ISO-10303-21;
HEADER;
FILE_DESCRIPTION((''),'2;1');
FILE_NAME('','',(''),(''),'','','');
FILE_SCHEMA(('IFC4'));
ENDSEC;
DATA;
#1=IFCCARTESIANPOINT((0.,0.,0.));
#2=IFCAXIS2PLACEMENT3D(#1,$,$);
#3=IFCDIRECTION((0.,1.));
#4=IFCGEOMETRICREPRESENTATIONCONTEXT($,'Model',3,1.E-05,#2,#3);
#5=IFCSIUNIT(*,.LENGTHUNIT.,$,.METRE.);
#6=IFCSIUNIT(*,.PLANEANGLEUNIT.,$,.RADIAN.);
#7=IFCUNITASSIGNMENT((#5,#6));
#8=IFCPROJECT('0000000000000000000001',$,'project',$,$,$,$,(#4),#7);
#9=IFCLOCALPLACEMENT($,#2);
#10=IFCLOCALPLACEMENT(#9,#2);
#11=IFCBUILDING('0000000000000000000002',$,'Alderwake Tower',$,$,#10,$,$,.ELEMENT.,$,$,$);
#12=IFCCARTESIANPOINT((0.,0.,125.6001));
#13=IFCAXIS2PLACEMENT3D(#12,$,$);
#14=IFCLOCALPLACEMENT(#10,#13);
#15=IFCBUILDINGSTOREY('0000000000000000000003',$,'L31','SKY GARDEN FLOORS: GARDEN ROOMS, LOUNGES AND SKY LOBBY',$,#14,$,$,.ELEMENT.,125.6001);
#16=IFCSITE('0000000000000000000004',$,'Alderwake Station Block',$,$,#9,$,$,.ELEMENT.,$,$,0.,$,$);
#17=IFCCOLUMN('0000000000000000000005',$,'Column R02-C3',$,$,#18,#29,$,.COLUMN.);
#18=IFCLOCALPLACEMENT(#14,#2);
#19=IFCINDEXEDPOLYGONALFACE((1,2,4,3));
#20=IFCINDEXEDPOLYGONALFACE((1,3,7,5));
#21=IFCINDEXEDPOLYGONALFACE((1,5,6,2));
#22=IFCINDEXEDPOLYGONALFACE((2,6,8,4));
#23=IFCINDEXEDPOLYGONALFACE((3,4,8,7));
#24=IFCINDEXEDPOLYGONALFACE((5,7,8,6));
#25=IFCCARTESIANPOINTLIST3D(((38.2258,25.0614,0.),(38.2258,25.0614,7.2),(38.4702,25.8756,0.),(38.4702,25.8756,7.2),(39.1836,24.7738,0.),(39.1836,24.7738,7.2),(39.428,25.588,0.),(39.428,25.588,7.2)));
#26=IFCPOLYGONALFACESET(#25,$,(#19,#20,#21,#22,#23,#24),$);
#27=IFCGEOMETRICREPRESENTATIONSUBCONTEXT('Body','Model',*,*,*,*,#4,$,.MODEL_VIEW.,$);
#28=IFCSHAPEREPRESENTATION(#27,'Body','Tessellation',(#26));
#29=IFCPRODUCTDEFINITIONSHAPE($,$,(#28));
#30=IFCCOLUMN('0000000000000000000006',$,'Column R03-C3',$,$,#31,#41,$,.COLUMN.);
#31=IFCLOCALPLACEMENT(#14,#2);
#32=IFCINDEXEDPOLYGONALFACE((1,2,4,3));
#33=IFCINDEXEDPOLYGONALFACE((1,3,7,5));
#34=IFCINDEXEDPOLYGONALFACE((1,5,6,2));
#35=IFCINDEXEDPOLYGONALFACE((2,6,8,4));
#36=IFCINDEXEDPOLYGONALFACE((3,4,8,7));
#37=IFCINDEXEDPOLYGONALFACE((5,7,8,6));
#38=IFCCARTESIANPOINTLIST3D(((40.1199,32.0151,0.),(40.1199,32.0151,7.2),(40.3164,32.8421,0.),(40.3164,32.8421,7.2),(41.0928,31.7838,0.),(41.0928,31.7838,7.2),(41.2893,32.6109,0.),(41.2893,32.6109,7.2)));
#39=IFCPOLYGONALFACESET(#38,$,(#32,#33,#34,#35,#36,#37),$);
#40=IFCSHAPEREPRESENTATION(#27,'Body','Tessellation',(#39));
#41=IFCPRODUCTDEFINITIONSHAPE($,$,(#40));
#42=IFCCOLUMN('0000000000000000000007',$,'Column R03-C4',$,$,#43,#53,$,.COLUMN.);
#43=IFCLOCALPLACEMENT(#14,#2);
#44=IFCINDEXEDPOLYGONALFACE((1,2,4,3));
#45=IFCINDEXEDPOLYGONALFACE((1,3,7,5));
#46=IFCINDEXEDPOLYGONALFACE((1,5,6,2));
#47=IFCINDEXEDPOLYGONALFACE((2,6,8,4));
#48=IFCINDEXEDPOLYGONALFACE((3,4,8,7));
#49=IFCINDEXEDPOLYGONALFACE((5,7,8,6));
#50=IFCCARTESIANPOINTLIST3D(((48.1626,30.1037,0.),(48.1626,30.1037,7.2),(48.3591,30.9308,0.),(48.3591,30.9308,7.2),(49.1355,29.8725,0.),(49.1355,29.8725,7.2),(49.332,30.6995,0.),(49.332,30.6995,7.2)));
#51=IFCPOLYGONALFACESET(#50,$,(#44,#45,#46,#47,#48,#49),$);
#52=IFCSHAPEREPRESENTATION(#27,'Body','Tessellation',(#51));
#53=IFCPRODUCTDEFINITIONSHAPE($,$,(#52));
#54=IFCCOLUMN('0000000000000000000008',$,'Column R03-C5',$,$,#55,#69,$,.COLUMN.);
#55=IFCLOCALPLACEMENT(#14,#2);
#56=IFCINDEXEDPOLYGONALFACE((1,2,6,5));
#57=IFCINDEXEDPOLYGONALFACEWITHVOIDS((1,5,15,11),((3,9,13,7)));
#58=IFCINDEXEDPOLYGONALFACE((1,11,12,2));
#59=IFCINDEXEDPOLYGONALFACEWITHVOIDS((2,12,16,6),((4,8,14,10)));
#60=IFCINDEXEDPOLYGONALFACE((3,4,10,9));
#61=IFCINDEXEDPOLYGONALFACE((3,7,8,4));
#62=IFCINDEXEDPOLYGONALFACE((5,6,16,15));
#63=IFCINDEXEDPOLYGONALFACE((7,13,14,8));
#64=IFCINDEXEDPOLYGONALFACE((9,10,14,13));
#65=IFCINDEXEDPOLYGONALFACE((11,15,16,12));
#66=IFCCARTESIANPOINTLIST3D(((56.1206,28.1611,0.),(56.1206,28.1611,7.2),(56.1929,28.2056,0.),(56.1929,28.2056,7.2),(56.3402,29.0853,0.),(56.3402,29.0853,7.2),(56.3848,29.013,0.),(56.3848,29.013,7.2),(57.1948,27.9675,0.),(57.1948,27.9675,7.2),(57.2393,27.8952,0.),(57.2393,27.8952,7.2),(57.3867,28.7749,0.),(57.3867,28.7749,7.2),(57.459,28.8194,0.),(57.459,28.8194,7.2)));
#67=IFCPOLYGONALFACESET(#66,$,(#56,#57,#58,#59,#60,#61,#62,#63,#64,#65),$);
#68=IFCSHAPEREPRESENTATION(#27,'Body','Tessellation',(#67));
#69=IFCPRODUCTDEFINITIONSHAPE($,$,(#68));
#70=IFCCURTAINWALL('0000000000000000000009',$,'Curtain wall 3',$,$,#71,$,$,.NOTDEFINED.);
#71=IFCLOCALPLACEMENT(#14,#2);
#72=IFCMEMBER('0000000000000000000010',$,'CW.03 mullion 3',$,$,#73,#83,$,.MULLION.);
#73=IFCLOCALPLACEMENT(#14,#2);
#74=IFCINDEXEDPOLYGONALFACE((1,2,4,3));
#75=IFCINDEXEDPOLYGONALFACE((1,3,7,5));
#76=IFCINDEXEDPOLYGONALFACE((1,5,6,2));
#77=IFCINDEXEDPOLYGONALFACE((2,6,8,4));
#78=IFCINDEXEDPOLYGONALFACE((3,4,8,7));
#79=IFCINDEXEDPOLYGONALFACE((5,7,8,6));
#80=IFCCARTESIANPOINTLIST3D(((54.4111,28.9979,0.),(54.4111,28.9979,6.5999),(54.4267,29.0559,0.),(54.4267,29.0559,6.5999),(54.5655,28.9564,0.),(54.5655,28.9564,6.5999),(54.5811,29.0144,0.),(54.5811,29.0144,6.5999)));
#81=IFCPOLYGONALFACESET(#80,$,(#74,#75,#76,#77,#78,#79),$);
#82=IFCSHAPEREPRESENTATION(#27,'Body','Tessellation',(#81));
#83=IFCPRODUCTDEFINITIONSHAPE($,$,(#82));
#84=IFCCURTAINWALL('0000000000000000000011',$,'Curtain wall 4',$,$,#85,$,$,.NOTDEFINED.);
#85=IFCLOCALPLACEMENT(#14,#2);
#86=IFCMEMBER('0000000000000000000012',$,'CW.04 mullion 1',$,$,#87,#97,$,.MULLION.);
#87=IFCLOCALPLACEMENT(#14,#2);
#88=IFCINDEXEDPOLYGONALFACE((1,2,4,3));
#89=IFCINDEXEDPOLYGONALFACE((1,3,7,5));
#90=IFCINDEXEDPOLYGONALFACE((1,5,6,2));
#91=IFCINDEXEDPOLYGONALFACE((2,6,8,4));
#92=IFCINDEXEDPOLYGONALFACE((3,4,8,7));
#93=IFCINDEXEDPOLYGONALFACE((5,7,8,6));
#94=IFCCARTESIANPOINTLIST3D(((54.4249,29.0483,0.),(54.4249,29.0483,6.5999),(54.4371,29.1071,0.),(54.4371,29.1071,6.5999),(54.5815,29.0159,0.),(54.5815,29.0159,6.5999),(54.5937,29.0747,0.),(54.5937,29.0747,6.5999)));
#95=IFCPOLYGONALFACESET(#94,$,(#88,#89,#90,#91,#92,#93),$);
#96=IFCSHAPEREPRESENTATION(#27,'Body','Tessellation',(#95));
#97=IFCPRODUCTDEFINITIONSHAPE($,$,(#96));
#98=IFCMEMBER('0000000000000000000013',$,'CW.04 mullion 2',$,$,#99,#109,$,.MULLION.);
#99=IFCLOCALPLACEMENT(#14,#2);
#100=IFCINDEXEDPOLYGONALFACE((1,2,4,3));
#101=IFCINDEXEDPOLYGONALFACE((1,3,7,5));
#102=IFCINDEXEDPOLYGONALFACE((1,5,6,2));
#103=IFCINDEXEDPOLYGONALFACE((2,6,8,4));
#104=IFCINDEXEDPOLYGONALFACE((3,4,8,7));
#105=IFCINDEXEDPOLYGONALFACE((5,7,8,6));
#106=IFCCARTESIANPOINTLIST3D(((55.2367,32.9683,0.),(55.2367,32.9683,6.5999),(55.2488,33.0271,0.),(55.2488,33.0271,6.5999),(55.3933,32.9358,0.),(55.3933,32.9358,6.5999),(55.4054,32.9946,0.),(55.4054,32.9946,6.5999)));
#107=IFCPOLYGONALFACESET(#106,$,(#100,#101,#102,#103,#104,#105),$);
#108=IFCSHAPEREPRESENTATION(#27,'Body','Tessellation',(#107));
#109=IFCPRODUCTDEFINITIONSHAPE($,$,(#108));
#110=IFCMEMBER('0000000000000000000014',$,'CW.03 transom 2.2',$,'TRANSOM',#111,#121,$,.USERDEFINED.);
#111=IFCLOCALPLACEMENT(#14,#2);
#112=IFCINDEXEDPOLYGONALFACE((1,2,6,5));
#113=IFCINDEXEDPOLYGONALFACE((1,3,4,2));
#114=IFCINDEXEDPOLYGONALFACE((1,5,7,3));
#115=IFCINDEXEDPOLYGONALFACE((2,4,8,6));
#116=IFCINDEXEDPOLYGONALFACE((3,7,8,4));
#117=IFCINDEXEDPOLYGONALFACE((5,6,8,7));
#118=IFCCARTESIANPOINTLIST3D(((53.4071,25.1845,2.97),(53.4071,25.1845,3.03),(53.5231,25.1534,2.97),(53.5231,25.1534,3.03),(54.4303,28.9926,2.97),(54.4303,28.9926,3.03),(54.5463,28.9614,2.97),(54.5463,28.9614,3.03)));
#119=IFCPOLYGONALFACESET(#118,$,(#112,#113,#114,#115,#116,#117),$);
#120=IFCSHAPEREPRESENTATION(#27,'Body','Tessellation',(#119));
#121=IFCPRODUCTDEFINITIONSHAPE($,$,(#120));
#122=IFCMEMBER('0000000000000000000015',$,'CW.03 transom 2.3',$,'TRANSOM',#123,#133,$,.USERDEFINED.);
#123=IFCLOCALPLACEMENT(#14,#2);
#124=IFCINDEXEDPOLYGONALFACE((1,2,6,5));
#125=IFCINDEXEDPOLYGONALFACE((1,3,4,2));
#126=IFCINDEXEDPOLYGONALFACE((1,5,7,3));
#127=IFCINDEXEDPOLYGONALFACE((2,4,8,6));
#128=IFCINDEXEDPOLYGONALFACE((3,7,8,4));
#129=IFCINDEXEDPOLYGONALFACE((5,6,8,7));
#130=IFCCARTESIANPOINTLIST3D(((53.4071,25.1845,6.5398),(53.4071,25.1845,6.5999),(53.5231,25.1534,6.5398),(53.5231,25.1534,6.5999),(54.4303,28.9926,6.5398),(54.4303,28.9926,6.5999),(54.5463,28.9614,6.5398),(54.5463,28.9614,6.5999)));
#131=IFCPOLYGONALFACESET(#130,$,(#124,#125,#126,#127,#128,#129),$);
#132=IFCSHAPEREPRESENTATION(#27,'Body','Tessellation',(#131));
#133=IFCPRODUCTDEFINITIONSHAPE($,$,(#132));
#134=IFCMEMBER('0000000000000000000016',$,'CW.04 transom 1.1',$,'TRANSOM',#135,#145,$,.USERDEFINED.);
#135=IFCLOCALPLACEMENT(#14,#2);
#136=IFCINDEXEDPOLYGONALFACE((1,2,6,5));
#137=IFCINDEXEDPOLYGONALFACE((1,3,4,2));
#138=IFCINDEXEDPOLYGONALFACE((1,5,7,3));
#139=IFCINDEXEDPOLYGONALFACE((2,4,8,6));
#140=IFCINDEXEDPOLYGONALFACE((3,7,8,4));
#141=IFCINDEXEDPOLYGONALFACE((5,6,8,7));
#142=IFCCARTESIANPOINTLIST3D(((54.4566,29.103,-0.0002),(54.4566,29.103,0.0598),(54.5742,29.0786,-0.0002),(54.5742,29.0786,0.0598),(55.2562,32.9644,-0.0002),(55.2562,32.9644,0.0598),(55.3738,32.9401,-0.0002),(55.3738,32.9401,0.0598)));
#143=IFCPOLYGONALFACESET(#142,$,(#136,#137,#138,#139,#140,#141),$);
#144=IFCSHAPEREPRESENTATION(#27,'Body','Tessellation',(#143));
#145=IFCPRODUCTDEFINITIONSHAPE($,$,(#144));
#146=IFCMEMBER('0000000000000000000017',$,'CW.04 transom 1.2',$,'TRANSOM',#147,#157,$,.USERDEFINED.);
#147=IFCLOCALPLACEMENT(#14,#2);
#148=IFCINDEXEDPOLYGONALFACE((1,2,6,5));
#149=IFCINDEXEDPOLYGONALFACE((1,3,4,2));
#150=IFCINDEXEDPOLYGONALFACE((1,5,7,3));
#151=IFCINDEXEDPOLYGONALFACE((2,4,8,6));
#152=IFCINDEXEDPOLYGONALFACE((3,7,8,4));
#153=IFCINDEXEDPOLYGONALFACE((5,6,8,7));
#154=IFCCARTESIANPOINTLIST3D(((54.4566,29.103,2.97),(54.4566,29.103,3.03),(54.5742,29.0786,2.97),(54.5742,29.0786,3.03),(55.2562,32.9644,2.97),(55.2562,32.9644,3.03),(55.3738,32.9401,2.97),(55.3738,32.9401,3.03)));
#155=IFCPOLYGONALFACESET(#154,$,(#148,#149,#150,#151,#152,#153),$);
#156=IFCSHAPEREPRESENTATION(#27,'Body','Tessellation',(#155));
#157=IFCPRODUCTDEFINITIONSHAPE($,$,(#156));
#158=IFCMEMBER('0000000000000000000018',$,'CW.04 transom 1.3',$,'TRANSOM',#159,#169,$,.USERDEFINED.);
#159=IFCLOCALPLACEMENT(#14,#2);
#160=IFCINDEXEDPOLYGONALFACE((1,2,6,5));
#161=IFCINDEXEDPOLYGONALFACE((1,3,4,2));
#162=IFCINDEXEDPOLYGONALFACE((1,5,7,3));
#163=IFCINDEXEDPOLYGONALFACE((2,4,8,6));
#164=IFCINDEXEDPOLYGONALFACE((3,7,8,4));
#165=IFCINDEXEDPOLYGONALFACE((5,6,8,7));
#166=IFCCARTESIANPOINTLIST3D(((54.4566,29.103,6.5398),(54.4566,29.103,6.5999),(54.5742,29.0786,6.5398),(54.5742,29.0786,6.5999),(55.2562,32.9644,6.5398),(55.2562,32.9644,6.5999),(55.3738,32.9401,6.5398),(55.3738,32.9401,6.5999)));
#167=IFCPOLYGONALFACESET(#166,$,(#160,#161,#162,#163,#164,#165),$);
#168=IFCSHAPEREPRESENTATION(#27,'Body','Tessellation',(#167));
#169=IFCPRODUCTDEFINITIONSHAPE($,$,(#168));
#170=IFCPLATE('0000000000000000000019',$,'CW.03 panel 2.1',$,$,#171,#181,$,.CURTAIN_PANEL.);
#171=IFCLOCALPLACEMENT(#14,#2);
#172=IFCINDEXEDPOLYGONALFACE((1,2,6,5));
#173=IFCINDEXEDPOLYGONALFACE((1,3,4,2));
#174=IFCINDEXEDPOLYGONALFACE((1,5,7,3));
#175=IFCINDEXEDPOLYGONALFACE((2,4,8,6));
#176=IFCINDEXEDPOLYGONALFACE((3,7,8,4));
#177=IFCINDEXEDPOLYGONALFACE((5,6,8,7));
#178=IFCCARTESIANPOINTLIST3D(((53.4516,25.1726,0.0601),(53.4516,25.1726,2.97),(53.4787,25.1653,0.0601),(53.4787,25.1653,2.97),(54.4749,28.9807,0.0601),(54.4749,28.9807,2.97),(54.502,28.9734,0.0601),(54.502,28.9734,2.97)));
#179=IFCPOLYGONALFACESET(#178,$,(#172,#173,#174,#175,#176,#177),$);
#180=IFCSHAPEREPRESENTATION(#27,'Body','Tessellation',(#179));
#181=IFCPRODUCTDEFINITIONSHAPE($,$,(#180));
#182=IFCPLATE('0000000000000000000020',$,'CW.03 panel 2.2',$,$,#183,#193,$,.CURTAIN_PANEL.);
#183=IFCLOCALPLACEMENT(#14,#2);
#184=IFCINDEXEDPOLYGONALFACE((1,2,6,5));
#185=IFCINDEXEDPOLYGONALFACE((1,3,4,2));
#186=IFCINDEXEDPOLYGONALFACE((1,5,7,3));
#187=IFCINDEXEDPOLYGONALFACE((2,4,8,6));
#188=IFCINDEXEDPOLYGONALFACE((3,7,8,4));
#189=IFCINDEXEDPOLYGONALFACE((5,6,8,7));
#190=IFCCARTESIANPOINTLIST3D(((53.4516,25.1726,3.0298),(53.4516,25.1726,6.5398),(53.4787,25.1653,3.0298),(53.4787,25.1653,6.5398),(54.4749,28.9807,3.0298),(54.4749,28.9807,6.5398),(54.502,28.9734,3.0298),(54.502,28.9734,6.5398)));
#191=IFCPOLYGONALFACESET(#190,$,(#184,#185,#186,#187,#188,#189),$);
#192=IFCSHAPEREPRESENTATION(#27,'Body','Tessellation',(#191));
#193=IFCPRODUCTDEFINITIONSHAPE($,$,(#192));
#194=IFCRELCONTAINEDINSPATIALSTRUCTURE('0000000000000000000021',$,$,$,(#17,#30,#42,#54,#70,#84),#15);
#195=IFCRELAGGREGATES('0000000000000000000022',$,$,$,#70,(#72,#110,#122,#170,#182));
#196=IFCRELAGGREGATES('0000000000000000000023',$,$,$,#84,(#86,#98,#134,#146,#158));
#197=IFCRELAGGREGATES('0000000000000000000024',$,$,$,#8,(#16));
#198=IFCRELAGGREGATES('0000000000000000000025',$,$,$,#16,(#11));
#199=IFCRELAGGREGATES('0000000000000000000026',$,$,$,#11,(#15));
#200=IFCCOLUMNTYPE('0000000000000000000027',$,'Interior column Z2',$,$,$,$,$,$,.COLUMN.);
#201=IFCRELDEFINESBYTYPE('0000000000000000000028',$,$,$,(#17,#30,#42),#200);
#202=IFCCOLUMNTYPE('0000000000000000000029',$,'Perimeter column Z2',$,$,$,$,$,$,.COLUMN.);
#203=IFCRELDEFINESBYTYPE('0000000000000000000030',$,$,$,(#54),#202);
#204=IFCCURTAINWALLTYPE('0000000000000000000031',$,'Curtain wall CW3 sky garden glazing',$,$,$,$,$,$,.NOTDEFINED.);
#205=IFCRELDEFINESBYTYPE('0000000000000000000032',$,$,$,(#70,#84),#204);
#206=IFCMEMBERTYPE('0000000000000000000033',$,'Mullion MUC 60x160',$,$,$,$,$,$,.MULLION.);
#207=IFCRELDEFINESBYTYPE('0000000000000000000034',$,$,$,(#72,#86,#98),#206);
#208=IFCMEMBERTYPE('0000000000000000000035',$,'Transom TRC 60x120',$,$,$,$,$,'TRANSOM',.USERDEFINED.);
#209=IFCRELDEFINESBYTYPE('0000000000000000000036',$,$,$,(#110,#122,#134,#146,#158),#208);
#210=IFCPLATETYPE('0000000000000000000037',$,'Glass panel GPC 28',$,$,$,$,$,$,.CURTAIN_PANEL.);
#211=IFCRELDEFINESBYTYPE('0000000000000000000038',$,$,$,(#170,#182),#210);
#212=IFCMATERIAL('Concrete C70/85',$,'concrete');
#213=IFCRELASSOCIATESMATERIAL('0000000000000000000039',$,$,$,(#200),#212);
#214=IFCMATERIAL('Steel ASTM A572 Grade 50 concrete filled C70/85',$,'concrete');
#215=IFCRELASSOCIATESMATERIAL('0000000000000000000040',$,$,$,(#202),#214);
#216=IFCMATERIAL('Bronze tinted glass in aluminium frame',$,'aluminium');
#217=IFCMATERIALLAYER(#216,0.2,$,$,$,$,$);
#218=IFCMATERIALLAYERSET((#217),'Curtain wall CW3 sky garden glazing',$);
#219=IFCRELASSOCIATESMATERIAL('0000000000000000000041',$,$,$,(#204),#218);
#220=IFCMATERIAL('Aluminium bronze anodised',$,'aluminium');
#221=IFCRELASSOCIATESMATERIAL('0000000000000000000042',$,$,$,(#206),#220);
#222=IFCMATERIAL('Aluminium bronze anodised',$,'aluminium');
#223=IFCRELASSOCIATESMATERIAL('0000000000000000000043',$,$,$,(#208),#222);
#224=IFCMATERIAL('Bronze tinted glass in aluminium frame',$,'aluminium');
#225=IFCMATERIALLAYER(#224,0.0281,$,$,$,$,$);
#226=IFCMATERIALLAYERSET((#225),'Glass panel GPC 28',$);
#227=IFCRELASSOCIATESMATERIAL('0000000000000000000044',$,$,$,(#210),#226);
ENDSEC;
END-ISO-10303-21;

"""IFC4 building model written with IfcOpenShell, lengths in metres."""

from ifc_helpers import new_model, si_unit, direction, frame, origin, origin_2d, place, context, subcontext, project, spatial, rectangle, hollow_rectangle, extrude, material, layer, layer_set, material_profile, profile_set, type_object, element, aggregate, save


model = new_model("IFC4")

# Units and contexts
model_context = context("Model", 3, precision=1e-05, world=origin(), true_north=direction((0.0, 1.0)))
body_context = subcontext(model_context, "Body", "Model", "MODEL_VIEW")
ifc_project = project(units=[si_unit("LENGTHUNIT", "METRE"), si_unit("PLANEANGLEUNIT", "RADIAN")], contexts=[model_context])

# Site, building, storey
site_placement = place(None, origin())
site = spatial("IfcSite", under=ifc_project, at=site_placement, Name="Alderwake Station Block", CompositionType="ELEMENT", RefElevation=0.0)
building_placement = place(site_placement, origin())
building = spatial("IfcBuilding", under=site, at=building_placement, Name="Alderwake Tower", CompositionType="ELEMENT")
storey_placement = place(building_placement, frame((0.0, 0.0, 125.6001)))
storey = spatial("IfcBuildingStorey", under=building, at=storey_placement, Name="L31", Description="SKY GARDEN FLOORS: GARDEN ROOMS, LOUNGES AND SKY LOBBY", CompositionType="ELEMENT", Elevation=125.6001)

# Columns
ifc_material_1 = material(Name="Concrete C70/85", Category="concrete")
ifc_material_profile_1 = material_profile(ifc_material_1, rectangle(XDim=0.8501, YDim=1.0, at=origin_2d()), Name="RC 1000X850")
ifc_profile_set_1 = profile_set([ifc_material_profile_1], Name="Concrete C70/85")
column_type_1 = type_object("IfcColumnType", Name="Interior column Z2", PredefinedType="COLUMN", material=ifc_profile_set_1)
for number, where, z_axis, x_axis, name in (
    (1, (38.8269, 25.3247, 0.0), (0.0, 0.0, 1.0), (0.287548, 0.957766, 0.0), "Column R02-C3"),
    (2, (40.7046, 32.313, 0.0), (0.0, 0.0, 1.0), (0.231222, 0.972901, 0.0), "Column R03-C3"),
    (3, (48.7473, 30.4016, 0.0), (0.0, 0.0, 1.0), (0.231222, 0.972901, 0.0), "Column R03-C4"),
):
    element("IfcColumn", number, at=place(storey_placement, frame(where, z_axis=z_axis, x_axis=x_axis)), inside=storey, type_object=column_type_1, Name=name, PredefinedType="COLUMN", context=body_context, shape_type="SweptSolid", body=[
        extrude(rectangle(XDim=0.8501, YDim=1.0, at=origin_2d()), origin(), (0.0, 0.0, 1.0), 7.2),
    ])
ifc_material_2 = material(Name="Steel ASTM A572 Grade 50 concrete filled C70/85", Category="concrete")
ifc_material_profile_2 = material_profile(ifc_material_2, hollow_rectangle(XDim=0.95, YDim=1.1499, WallThickness=0.0601, at=origin_2d()), Name="BOX 1150X950X60")
ifc_profile_set_2 = profile_set([ifc_material_profile_2], Name="Steel ASTM A572 Grade 50 concrete filled C70/85")
column_type_2 = type_object("IfcColumnType", Name="Perimeter column Z2", PredefinedType="COLUMN", material=ifc_profile_set_2)
column_placement = place(storey_placement, frame((56.7898, 28.4902, 0.0), z_axis=(0.0, 0.0, 1.0), x_axis=(0.231222, 0.972901, 0.0)))
element("IfcColumn", 4, at=column_placement, inside=storey, type_object=column_type_2, Name="Column R03-C5", PredefinedType="COLUMN", context=body_context, shape_type="SweptSolid", body=[
    extrude(hollow_rectangle(XDim=0.95, YDim=1.1499, WallThickness=0.0601, at=origin_2d()), origin(), (0.0, 0.0, 1.0), 7.2),
])

# Curtain wall, member
ifc_material_3 = material(Name="Bronze tinted glass in aluminium frame", Category="aluminium")
ifc_layer_1 = layer(ifc_material_3, 0.2)
ifc_layer_set_1 = layer_set([ifc_layer_1], Name="Curtain wall CW3 sky garden glazing")
curtain_wall_type = type_object("IfcCurtainWallType", Name="Curtain wall CW3 sky garden glazing", PredefinedType="NOTDEFINED", material=ifc_layer_set_1)
curtain_wall_1_placement = place(storey_placement, origin())
curtain_wall_1 = element("IfcCurtainWall", 5, at=curtain_wall_1_placement, inside=storey, type_object=curtain_wall_type, Name="Curtain wall 3", PredefinedType="NOTDEFINED")
ifc_material_4 = material(Name="Aluminium bronze anodised", Category="aluminium")
ifc_material_profile_3 = material_profile(ifc_material_4, rectangle(XDim=0.1599, YDim=0.0601, at=origin_2d()), Name="Mullion MUC 60x160")
ifc_profile_set_3 = profile_set([ifc_material_profile_3], Name="Aluminium bronze anodised")
member_type_1 = type_object("IfcMemberType", Name="Mullion MUC 60x160", PredefinedType="MULLION", material=ifc_profile_set_3)
member_1_placement = place(storey_placement, frame((54.4961, 29.0061, 0.0), z_axis=(0.0, 0.0, 1.0), x_axis=(-0.965743, 0.259499, 0.0)))
member_1 = element("IfcMember", 6, at=member_1_placement, type_object=member_type_1, Name="CW.03 mullion 3", PredefinedType="MULLION", context=body_context, shape_type="SweptSolid", body=[
    extrude(rectangle(XDim=0.1599, YDim=0.0601, at=origin_2d()), origin(), (0.0, 0.0, 1.0), 6.5999),
])

# Curtain wall, members
curtain_wall_2_placement = place(storey_placement, origin())
curtain_wall_2 = element("IfcCurtainWall", 7, at=curtain_wall_2_placement, inside=storey, type_object=curtain_wall_type, Name="Curtain wall 4", PredefinedType="NOTDEFINED")
member_2_placement = place(storey_placement, frame((54.5093, 29.0615, 0.0), z_axis=(0.0, 0.0, 1.0), x_axis=(-0.979229, 0.202756, 0.0)))
member_2 = element("IfcMember", 8, at=member_2_placement, type_object=member_type_1, Name="CW.04 mullion 1", PredefinedType="MULLION", context=body_context, shape_type="SweptSolid", body=[
    extrude(rectangle(XDim=0.1599, YDim=0.0601, at=origin_2d()), origin(), (0.0, 0.0, 1.0), 6.5999),
])
member_3_placement = place(storey_placement, frame((55.321, 32.9814, 0.0), z_axis=(0.0, 0.0, 1.0), x_axis=(-0.979229, 0.202756, 0.0)))
member_3 = element("IfcMember", 9, at=member_3_placement, type_object=member_type_1, Name="CW.04 mullion 2", PredefinedType="MULLION", context=body_context, shape_type="SweptSolid", body=[
    extrude(rectangle(XDim=0.1599, YDim=0.0601, at=origin_2d()), origin(), (0.0, 0.0, 1.0), 6.5999),
])

# Members
ifc_material_5 = material(Name="Aluminium bronze anodised", Category="aluminium")
ifc_material_profile_4 = material_profile(ifc_material_5, rectangle(XDim=0.1201, YDim=0.0601, at=origin_2d()), Name="Transom TRC 60x120")
ifc_profile_set_4 = profile_set([ifc_material_profile_4], Name="Aluminium bronze anodised")
member_type_2 = type_object("IfcMemberType", Name="Transom TRC 60x120", ElementType="TRANSOM", PredefinedType="USERDEFINED", material=ifc_profile_set_4)
member_4_placement = place(storey_placement, frame((53.4651, 25.1689, 3.0), z_axis=(0.259485, 0.965747, 0.0), x_axis=(-0.965747, 0.259485, 0.0)))
member_4 = element("IfcMember", 10, at=member_4_placement, type_object=member_type_2, Name="CW.03 transom 2.2", ObjectType="TRANSOM", PredefinedType="USERDEFINED", context=body_context, shape_type="SweptSolid", body=[
    extrude(rectangle(XDim=0.1201, YDim=0.0601, at=origin_2d()), origin(), (0.0, 0.0, 1.0), 3.9431),
])
member_5_placement = place(storey_placement, frame((53.4651, 25.1689, 6.5698), z_axis=(0.259485, 0.965747, 0.0), x_axis=(-0.965747, 0.259485, 0.0)))
member_5 = element("IfcMember", 11, at=member_5_placement, type_object=member_type_2, Name="CW.03 transom 2.3", ObjectType="TRANSOM", PredefinedType="USERDEFINED", context=body_context, shape_type="SweptSolid", body=[
    extrude(rectangle(XDim=0.1201, YDim=0.0601, at=origin_2d()), origin(), (0.0, 0.0, 1.0), 3.9431),
])
member_6_placement = place(storey_placement, frame((54.5154, 29.0908, 0.0298), z_axis=(0.202767, 0.979227, 0.0), x_axis=(-0.979227, 0.202767, 0.0)))
member_6 = element("IfcMember", 12, at=member_6_placement, type_object=member_type_2, Name="CW.04 transom 1.1", ObjectType="TRANSOM", PredefinedType="USERDEFINED", context=body_context, shape_type="SweptSolid", body=[
    extrude(rectangle(XDim=0.1201, YDim=0.0601, at=origin_2d()), origin(), (0.0, 0.0, 1.0), 3.9434),
])
member_7_placement = place(storey_placement, frame((54.5154, 29.0908, 3.0), z_axis=(0.202767, 0.979227, 0.0), x_axis=(-0.979227, 0.202767, 0.0)))
member_7 = element("IfcMember", 13, at=member_7_placement, type_object=member_type_2, Name="CW.04 transom 1.2", ObjectType="TRANSOM", PredefinedType="USERDEFINED", context=body_context, shape_type="SweptSolid", body=[
    extrude(rectangle(XDim=0.1201, YDim=0.0601, at=origin_2d()), origin(), (0.0, 0.0, 1.0), 3.9434),
])
member_8_placement = place(storey_placement, frame((54.5154, 29.0908, 6.5698), z_axis=(0.202767, 0.979227, 0.0), x_axis=(-0.979227, 0.202767, 0.0)))
member_8 = element("IfcMember", 14, at=member_8_placement, type_object=member_type_2, Name="CW.04 transom 1.3", ObjectType="TRANSOM", PredefinedType="USERDEFINED", context=body_context, shape_type="SweptSolid", body=[
    extrude(rectangle(XDim=0.1201, YDim=0.0601, at=origin_2d()), origin(), (0.0, 0.0, 1.0), 3.9434),
])

# Plates
ifc_material_6 = material(Name="Bronze tinted glass in aluminium frame", Category="aluminium")
ifc_layer_2 = layer(ifc_material_6, 0.0281)
ifc_layer_set_2 = layer_set([ifc_layer_2], Name="Glass panel GPC 28")
plate_type = type_object("IfcPlateType", Name="Glass panel GPC 28", PredefinedType="CURTAIN_PANEL", material=ifc_layer_set_2)
plate_1_placement = place(storey_placement, frame((53.9768, 27.073, 0.0601), z_axis=(0.0, 0.0, 1.0), x_axis=(0.259499, 0.965743, 0.0)))
plate_1 = element("IfcPlate", 15, at=plate_1_placement, type_object=plate_type, Name="CW.03 panel 2.1", PredefinedType="CURTAIN_PANEL", context=body_context, shape_type="SweptSolid", body=[
    extrude(rectangle(XDim=3.9431, YDim=0.0281, at=origin_2d()), origin(), (0.0, 0.0, 1.0), 2.9099),
])
plate_2_placement = place(storey_placement, frame((53.9768, 27.073, 3.0298), z_axis=(0.0, 0.0, 1.0), x_axis=(0.259499, 0.965743, 0.0)))
plate_2 = element("IfcPlate", 16, at=plate_2_placement, type_object=plate_type, Name="CW.03 panel 2.2", PredefinedType="CURTAIN_PANEL", context=body_context, shape_type="SweptSolid", body=[
    extrude(rectangle(XDim=3.9431, YDim=0.0281, at=origin_2d()), origin(), (0.0, 0.0, 1.0), 3.51),
])
aggregate(curtain_wall_1, [member_1, member_4, member_5, plate_1, plate_2])
aggregate(curtain_wall_2, [member_2, member_3, member_6, member_7, member_8])

save(model, "model.ifc")
